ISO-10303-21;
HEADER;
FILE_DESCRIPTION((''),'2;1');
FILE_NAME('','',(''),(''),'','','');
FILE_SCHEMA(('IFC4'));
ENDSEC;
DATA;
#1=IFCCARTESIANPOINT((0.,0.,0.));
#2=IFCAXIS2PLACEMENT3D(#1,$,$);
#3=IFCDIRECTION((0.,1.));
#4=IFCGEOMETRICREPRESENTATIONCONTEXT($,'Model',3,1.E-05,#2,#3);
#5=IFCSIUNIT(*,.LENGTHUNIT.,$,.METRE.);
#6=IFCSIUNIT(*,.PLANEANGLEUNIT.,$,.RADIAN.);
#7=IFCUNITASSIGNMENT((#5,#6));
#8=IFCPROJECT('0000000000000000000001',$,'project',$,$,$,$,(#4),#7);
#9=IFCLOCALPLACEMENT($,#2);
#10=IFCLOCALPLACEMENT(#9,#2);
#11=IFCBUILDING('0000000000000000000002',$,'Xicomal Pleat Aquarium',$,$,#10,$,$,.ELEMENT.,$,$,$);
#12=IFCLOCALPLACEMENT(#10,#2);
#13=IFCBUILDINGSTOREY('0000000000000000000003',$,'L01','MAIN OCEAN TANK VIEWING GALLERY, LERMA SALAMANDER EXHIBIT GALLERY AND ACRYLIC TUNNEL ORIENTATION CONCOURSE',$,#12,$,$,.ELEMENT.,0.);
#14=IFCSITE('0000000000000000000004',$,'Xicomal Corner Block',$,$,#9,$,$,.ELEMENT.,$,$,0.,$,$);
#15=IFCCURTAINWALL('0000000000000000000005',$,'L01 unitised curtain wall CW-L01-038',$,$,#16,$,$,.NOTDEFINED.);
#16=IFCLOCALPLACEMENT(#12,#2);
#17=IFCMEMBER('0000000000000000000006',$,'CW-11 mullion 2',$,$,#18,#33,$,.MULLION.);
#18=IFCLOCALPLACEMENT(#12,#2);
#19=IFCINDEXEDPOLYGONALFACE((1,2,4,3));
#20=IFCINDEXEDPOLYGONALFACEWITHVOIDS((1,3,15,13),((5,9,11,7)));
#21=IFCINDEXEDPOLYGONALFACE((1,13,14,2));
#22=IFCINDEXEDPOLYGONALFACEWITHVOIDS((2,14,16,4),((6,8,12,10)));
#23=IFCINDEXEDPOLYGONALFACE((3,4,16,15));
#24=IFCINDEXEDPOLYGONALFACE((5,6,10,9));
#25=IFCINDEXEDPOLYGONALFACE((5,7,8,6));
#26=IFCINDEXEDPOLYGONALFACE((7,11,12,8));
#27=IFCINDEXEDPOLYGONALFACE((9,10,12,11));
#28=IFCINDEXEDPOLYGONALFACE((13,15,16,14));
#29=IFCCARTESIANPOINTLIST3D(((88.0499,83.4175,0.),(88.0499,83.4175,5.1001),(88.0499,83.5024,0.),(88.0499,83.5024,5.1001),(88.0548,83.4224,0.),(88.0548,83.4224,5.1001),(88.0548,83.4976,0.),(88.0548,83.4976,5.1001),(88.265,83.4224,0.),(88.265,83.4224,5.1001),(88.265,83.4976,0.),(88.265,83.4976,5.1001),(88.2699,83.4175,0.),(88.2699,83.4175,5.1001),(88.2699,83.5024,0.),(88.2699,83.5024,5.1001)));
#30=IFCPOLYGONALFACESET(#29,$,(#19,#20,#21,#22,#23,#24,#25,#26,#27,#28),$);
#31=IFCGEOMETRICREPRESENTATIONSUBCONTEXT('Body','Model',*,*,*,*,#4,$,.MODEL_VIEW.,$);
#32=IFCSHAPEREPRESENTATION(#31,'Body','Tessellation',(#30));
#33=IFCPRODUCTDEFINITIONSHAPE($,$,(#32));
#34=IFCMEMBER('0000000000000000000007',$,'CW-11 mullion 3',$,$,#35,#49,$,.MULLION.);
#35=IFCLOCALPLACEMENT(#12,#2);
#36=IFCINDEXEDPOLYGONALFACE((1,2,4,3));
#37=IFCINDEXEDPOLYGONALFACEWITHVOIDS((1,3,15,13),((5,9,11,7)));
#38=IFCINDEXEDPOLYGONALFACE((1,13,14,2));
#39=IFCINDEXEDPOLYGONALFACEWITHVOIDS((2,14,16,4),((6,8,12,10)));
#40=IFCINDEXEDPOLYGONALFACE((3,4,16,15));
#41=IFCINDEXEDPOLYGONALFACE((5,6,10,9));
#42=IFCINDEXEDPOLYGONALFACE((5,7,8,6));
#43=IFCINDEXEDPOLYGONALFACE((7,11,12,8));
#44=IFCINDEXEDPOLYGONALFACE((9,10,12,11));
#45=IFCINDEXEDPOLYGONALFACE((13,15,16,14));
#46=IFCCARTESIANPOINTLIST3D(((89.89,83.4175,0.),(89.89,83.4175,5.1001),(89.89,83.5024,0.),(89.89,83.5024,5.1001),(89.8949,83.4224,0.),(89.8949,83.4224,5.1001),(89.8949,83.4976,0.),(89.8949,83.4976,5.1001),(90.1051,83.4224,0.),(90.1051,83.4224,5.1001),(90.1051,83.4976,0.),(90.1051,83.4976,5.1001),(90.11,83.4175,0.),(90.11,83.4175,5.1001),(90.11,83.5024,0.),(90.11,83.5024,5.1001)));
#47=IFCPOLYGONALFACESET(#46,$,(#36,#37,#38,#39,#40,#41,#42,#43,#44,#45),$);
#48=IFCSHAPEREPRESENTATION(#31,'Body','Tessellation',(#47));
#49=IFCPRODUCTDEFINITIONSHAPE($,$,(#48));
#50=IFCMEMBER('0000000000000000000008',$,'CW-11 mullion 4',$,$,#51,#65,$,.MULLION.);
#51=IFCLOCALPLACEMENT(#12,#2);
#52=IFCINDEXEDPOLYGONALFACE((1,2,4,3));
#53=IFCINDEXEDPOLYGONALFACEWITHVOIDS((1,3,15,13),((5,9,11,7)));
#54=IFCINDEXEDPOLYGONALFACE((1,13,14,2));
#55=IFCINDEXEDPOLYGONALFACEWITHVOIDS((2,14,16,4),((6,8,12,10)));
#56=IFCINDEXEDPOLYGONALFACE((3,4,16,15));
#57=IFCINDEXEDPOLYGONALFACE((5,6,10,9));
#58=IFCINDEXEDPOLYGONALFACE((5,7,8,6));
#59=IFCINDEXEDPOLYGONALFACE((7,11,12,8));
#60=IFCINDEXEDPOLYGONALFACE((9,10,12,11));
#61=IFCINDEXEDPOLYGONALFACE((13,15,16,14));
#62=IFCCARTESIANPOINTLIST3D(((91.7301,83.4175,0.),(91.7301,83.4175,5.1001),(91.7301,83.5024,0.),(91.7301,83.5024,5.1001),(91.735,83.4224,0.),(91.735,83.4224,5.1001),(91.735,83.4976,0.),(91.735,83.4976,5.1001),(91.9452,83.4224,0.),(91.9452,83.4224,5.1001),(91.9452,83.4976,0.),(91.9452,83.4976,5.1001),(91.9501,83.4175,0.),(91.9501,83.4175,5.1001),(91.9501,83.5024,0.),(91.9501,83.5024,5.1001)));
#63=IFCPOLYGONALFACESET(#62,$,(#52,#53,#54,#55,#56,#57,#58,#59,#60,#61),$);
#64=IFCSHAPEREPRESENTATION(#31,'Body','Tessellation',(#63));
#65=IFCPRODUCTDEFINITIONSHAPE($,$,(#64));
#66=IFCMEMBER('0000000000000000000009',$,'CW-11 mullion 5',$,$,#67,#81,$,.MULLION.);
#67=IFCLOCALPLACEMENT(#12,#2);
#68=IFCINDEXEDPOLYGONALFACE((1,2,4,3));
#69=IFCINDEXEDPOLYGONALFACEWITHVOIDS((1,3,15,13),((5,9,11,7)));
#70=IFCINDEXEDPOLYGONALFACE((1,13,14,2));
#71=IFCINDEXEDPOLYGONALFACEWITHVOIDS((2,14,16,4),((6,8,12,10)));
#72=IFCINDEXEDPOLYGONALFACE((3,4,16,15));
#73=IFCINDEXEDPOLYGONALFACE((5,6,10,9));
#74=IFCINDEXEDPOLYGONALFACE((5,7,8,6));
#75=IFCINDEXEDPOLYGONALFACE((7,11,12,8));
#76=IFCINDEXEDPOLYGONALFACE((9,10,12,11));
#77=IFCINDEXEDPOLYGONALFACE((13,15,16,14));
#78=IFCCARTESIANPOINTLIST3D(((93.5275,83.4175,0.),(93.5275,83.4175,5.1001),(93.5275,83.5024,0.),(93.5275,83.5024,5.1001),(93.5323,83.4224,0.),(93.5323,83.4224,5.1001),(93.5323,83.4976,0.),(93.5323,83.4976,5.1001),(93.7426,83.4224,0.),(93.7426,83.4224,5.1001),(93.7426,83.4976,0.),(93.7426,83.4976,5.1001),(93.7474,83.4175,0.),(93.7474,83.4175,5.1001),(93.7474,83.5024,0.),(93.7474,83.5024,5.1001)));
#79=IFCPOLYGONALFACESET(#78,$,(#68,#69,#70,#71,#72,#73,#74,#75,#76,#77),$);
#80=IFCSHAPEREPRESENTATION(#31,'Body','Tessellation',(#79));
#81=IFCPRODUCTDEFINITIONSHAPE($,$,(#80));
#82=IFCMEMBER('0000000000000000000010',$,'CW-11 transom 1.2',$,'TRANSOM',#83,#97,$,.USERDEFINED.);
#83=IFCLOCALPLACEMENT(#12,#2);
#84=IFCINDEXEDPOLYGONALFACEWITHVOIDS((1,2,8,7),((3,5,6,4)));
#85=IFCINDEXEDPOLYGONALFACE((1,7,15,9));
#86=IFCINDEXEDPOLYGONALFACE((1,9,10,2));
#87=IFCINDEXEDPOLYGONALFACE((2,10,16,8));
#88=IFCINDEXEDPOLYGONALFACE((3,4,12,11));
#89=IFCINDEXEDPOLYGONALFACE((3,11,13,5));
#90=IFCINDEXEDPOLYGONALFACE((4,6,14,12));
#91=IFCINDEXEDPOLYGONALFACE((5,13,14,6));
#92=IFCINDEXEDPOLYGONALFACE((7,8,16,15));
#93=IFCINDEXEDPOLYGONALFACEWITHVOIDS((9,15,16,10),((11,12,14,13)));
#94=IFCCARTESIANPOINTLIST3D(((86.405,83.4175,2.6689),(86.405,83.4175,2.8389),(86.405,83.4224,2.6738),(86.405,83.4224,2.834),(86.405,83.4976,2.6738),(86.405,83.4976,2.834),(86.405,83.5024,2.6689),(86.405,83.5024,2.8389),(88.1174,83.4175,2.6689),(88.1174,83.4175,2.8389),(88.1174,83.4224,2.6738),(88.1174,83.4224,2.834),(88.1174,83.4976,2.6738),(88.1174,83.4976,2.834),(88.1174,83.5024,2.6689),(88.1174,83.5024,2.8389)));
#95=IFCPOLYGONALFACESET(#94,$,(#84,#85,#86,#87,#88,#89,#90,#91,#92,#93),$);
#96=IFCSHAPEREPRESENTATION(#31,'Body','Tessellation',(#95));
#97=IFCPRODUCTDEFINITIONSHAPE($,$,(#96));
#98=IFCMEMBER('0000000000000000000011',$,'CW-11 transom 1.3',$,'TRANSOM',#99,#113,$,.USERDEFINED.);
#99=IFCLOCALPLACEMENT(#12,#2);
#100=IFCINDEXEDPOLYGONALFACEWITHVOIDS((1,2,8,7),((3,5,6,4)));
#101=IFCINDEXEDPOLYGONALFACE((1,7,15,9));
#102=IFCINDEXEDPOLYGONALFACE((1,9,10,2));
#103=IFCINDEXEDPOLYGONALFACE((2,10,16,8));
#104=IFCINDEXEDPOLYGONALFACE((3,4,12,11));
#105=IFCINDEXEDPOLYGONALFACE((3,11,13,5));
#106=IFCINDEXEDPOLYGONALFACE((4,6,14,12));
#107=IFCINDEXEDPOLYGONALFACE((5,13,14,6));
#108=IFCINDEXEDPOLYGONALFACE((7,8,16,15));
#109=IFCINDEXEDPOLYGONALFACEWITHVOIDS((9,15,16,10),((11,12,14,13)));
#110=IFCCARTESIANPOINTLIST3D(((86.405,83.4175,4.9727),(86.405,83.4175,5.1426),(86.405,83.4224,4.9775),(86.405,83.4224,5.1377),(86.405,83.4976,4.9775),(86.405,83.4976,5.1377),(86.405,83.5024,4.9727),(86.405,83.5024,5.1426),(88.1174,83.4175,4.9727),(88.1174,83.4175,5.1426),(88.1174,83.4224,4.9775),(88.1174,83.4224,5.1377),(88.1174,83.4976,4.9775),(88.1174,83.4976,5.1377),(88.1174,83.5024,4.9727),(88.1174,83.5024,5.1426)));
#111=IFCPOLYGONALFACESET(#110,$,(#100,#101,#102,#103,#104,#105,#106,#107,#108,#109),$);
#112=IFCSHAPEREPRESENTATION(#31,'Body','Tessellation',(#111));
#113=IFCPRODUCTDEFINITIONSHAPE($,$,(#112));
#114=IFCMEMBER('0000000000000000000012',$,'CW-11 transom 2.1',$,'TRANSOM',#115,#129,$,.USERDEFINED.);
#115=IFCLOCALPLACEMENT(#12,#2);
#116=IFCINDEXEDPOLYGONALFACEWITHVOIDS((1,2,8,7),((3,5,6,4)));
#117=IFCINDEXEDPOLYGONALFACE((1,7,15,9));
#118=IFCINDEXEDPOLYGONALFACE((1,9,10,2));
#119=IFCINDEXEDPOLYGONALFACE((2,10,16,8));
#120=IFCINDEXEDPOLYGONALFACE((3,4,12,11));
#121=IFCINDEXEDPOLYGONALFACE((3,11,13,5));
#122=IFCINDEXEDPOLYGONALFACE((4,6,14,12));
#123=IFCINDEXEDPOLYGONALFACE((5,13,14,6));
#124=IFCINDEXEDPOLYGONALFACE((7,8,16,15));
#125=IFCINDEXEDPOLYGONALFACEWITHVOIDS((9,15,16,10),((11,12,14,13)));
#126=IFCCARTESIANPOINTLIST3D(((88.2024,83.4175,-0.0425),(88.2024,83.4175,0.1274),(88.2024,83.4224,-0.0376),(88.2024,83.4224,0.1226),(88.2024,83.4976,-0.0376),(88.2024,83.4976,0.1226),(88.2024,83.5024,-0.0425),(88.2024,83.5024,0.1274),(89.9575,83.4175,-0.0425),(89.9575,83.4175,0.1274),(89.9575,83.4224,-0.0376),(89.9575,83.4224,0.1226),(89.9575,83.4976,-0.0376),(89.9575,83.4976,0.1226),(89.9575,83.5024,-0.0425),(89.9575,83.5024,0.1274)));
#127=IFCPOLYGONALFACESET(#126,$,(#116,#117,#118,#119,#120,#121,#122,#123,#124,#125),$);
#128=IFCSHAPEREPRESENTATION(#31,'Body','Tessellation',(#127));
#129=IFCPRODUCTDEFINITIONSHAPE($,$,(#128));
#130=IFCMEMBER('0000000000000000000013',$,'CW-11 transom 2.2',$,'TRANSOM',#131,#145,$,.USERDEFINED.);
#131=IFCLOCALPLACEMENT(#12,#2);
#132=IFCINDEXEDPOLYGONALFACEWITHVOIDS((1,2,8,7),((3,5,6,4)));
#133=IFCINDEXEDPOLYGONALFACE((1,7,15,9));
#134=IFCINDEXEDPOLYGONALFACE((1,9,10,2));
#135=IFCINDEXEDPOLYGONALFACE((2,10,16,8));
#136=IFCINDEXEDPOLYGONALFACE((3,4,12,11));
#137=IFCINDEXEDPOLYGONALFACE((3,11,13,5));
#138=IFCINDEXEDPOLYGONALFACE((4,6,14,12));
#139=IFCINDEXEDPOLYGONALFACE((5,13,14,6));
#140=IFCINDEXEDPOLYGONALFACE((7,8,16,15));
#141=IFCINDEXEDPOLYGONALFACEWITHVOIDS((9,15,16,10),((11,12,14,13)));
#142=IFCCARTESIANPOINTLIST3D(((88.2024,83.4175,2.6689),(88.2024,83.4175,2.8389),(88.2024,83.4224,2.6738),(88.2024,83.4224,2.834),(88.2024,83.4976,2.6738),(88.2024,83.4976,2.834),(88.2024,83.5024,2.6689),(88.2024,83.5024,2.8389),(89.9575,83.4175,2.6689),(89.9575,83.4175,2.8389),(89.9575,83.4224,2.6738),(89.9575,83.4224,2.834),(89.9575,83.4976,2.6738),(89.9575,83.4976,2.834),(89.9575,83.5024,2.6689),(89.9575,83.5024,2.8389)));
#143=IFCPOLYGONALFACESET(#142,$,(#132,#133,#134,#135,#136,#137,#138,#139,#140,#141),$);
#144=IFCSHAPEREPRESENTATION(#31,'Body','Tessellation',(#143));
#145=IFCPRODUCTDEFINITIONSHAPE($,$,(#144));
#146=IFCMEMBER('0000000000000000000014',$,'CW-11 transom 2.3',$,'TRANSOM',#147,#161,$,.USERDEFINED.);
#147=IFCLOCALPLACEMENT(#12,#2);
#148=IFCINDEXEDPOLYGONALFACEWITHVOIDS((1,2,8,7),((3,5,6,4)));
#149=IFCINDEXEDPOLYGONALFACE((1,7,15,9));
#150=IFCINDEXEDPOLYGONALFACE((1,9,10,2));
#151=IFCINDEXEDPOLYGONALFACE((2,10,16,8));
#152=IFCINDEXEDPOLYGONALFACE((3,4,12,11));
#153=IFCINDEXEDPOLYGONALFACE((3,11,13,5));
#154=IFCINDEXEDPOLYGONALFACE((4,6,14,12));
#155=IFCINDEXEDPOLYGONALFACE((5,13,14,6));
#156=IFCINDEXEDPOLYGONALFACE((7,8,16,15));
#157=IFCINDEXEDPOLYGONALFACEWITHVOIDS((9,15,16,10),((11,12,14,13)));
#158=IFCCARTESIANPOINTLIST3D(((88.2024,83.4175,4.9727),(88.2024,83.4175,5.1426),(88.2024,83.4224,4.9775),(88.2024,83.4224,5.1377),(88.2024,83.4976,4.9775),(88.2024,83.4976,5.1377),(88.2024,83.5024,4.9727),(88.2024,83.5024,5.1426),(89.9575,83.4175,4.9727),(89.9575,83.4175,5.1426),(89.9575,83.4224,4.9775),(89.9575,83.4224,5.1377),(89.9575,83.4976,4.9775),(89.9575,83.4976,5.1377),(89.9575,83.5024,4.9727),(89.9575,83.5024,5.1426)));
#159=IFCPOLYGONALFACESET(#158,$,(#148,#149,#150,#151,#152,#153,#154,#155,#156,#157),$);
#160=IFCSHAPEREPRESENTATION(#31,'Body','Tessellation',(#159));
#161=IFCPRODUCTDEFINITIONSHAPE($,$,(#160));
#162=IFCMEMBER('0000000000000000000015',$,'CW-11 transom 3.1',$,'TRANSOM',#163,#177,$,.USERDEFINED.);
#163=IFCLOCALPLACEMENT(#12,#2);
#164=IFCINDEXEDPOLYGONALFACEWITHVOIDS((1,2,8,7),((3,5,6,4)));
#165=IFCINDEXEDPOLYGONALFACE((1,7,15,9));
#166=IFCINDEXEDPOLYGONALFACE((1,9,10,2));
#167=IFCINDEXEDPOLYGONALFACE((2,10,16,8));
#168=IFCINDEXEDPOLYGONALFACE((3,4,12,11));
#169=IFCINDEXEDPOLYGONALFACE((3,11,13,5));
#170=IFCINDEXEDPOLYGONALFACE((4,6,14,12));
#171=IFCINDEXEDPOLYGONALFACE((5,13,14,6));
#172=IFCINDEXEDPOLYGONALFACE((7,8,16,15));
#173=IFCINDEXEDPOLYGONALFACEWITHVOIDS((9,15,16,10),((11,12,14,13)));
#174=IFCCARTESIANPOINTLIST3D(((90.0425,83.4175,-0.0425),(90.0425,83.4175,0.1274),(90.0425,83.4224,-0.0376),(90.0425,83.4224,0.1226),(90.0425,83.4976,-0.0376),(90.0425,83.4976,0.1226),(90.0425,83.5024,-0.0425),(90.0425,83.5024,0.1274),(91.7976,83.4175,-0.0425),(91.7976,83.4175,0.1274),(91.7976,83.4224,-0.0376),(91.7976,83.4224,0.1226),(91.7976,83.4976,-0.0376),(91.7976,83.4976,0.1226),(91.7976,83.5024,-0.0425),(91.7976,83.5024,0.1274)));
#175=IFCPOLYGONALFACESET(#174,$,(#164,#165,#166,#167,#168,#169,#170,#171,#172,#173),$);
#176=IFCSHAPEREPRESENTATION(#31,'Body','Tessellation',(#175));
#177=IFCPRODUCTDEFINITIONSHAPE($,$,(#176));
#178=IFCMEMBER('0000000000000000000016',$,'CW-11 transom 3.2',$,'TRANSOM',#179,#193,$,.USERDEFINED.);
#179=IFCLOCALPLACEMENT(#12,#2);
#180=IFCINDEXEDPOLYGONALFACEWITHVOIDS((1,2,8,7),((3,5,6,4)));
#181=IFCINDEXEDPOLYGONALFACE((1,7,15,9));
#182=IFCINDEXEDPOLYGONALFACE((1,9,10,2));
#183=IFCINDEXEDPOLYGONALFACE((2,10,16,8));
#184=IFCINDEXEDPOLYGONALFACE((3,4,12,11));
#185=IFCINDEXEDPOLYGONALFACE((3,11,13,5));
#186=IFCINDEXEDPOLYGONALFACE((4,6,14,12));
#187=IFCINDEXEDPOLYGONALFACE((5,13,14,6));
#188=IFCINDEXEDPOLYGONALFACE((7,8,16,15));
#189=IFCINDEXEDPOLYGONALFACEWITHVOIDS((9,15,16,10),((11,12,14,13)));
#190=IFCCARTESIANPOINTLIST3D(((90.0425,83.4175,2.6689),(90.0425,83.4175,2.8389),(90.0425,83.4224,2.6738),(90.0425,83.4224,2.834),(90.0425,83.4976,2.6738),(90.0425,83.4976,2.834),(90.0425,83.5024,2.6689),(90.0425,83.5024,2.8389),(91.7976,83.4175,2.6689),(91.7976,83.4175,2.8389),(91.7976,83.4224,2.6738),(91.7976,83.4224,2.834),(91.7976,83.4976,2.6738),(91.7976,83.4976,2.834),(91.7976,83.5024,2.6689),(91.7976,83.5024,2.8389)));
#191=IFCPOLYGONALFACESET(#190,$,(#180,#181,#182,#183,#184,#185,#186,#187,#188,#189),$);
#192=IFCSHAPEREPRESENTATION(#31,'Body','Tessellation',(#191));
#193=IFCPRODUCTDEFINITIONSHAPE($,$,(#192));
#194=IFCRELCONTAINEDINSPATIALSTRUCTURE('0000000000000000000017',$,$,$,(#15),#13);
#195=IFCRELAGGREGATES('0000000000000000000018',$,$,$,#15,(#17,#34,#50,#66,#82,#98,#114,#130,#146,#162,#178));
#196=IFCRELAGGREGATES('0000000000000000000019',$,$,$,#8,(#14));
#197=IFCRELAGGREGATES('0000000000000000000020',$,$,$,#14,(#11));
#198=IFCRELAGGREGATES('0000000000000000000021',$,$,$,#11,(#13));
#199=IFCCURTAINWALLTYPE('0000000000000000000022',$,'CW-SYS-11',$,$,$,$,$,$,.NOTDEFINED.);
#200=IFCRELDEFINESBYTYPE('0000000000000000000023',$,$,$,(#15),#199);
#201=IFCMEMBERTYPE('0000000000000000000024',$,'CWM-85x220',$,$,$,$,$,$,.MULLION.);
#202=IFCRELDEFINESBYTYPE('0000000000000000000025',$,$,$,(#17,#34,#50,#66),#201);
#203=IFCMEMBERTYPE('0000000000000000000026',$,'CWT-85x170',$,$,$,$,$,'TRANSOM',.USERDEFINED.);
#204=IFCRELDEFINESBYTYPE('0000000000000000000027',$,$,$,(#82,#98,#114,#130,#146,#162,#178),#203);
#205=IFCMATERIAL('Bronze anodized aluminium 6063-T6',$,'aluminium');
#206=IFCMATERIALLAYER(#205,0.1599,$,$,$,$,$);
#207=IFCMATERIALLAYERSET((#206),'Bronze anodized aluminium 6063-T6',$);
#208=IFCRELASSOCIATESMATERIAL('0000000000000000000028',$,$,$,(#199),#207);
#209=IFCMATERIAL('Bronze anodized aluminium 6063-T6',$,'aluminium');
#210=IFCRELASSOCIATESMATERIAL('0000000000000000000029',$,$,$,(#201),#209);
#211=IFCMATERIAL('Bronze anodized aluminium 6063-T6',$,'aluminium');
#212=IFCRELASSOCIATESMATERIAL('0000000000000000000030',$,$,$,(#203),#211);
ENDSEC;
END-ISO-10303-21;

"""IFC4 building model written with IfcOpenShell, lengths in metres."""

from ifc_helpers import new_model, si_unit, direction, frame, origin, origin_2d, place, context, subcontext, project, spatial, hollow_rectangle, extrude, material, layer, layer_set, material_profile, profile_set, type_object, element, aggregate, save


model = new_model("IFC4")

# Units and contexts
model_context = context("Model", 3, precision=1e-05, world=origin(), true_north=direction((0.0, 1.0)))
body_context = subcontext(model_context, "Body", "Model", "MODEL_VIEW")
ifc_project = project(units=[si_unit("LENGTHUNIT", "METRE"), si_unit("PLANEANGLEUNIT", "RADIAN")], contexts=[model_context])

# Site, building, storey
site_placement = place(None, origin())
site = spatial("IfcSite", under=ifc_project, at=site_placement, Name="Xicomal Corner Block", CompositionType="ELEMENT", RefElevation=0.0)
building_placement = place(site_placement, origin())
building = spatial("IfcBuilding", under=site, at=building_placement, Name="Xicomal Pleat Aquarium", CompositionType="ELEMENT")
storey_placement = place(building_placement, origin())
storey = spatial("IfcBuildingStorey", under=building, at=storey_placement, Name="L01", Description="MAIN OCEAN TANK VIEWING GALLERY, LERMA SALAMANDER EXHIBIT GALLERY AND ACRYLIC TUNNEL ORIENTATION CONCOURSE", CompositionType="ELEMENT", Elevation=0.0)

# Curtain wall, members
ifc_material_1 = material(Name="Bronze anodized aluminium 6063-T6", Category="aluminium")
ifc_layer_1 = layer(ifc_material_1, 0.1599)
ifc_layer_set_1 = layer_set([ifc_layer_1], Name="Bronze anodized aluminium 6063-T6")
curtain_wall_type = type_object("IfcCurtainWallType", Name="CW-SYS-11", PredefinedType="NOTDEFINED", material=ifc_layer_set_1)
curtain_wall_placement = place(storey_placement, origin())
curtain_wall = element("IfcCurtainWall", 1, at=curtain_wall_placement, inside=storey, type_object=curtain_wall_type, Name="L01 unitised curtain wall CW-L01-038", PredefinedType="NOTDEFINED")
ifc_material_2 = material(Name="Bronze anodized aluminium 6063-T6", Category="aluminium")
ifc_material_profile_1 = material_profile(ifc_material_2, hollow_rectangle(XDim=0.085, YDim=0.22, WallThickness=0.0049, at=origin_2d()), Name="ALU MULL 85x220")
ifc_profile_set_1 = profile_set([ifc_material_profile_1], Name="Bronze anodized aluminium 6063-T6")
member_type_1 = type_object("IfcMemberType", Name="CWM-85x220", PredefinedType="MULLION", material=ifc_profile_set_1)
member_1_placement = place(storey_placement, frame((88.1599, 83.46, 0.0), z_axis=(0.0, 0.0, 1.0), x_axis=(0.0, 1.0, 0.0)))
member_1 = element("IfcMember", 2, at=member_1_placement, type_object=member_type_1, Name="CW-11 mullion 2", PredefinedType="MULLION", context=body_context, shape_type="SweptSolid", body=[
    extrude(hollow_rectangle(XDim=0.085, YDim=0.22, WallThickness=0.0049, at=origin_2d()), origin(), (0.0, 0.0, 1.0), 5.1001),
])
member_2_placement = place(storey_placement, frame((90.0, 83.46, 0.0), z_axis=(0.0, 0.0, 1.0), x_axis=(0.0, 1.0, 0.0)))
member_2 = element("IfcMember", 3, at=member_2_placement, type_object=member_type_1, Name="CW-11 mullion 3", PredefinedType="MULLION", context=body_context, shape_type="SweptSolid", body=[
    extrude(hollow_rectangle(XDim=0.085, YDim=0.22, WallThickness=0.0049, at=origin_2d()), origin(), (0.0, 0.0, 1.0), 5.1001),
])
member_3_placement = place(storey_placement, frame((91.8401, 83.46, 0.0), z_axis=(0.0, 0.0, 1.0), x_axis=(0.0, 1.0, 0.0)))
member_3 = element("IfcMember", 4, at=member_3_placement, type_object=member_type_1, Name="CW-11 mullion 4", PredefinedType="MULLION", context=body_context, shape_type="SweptSolid", body=[
    extrude(hollow_rectangle(XDim=0.085, YDim=0.22, WallThickness=0.0049, at=origin_2d()), origin(), (0.0, 0.0, 1.0), 5.1001),
])
member_4_placement = place(storey_placement, frame((93.6375, 83.46, 0.0), z_axis=(0.0, 0.0, 1.0), x_axis=(0.0, 1.0, 0.0)))
member_4 = element("IfcMember", 5, at=member_4_placement, type_object=member_type_1, Name="CW-11 mullion 5", PredefinedType="MULLION", context=body_context, shape_type="SweptSolid", body=[
    extrude(hollow_rectangle(XDim=0.085, YDim=0.22, WallThickness=0.0049, at=origin_2d()), origin(), (0.0, 0.0, 1.0), 5.1001),
])
ifc_material_3 = material(Name="Bronze anodized aluminium 6063-T6", Category="aluminium")
ifc_material_profile_2 = material_profile(ifc_material_3, hollow_rectangle(XDim=0.085, YDim=0.1699, WallThickness=0.0049, at=origin_2d()), Name="ALU TRAN 85x170")
ifc_profile_set_2 = profile_set([ifc_material_profile_2], Name="Bronze anodized aluminium 6063-T6")
member_type_2 = type_object("IfcMemberType", Name="CWT-85x170", ElementType="TRANSOM", PredefinedType="USERDEFINED", material=ifc_profile_set_2)
member_5_placement = place(storey_placement, frame((86.405, 83.46, 2.7539), z_axis=(1.0, 0.0, 0.0), x_axis=(0.0, 1.0, 0.0)))
member_5 = element("IfcMember", 6, at=member_5_placement, type_object=member_type_2, Name="CW-11 transom 1.2", ObjectType="TRANSOM", PredefinedType="USERDEFINED", context=body_context, shape_type="SweptSolid", body=[
    extrude(hollow_rectangle(XDim=0.085, YDim=0.1699, WallThickness=0.0049, at=origin_2d()), origin(), (0.0, 0.0, 1.0), 1.7124),
])
member_6_placement = place(storey_placement, frame((86.405, 83.46, 5.0576), z_axis=(1.0, 0.0, 0.0), x_axis=(0.0, 1.0, 0.0)))
member_6 = element("IfcMember", 7, at=member_6_placement, type_object=member_type_2, Name="CW-11 transom 1.3", ObjectType="TRANSOM", PredefinedType="USERDEFINED", context=body_context, shape_type="SweptSolid", body=[
    extrude(hollow_rectangle(XDim=0.085, YDim=0.1699, WallThickness=0.0049, at=origin_2d()), origin(), (0.0, 0.0, 1.0), 1.7124),
])
member_7_placement = place(storey_placement, frame((88.2024, 83.46, 0.0425), z_axis=(1.0, 0.0, 0.0), x_axis=(0.0, 1.0, 0.0)))
member_7 = element("IfcMember", 8, at=member_7_placement, type_object=member_type_2, Name="CW-11 transom 2.1", ObjectType="TRANSOM", PredefinedType="USERDEFINED", context=body_context, shape_type="SweptSolid", body=[
    extrude(hollow_rectangle(XDim=0.085, YDim=0.1699, WallThickness=0.0049, at=origin_2d()), origin(), (0.0, 0.0, 1.0), 1.7551),
])
member_8_placement = place(storey_placement, frame((88.2024, 83.46, 2.7539), z_axis=(1.0, 0.0, 0.0), x_axis=(0.0, 1.0, 0.0)))
member_8 = element("IfcMember", 9, at=member_8_placement, type_object=member_type_2, Name="CW-11 transom 2.2", ObjectType="TRANSOM", PredefinedType="USERDEFINED", context=body_context, shape_type="SweptSolid", body=[
    extrude(hollow_rectangle(XDim=0.085, YDim=0.1699, WallThickness=0.0049, at=origin_2d()), origin(), (0.0, 0.0, 1.0), 1.7551),
])
member_9_placement = place(storey_placement, frame((88.2024, 83.46, 5.0576), z_axis=(1.0, 0.0, 0.0), x_axis=(0.0, 1.0, 0.0)))
member_9 = element("IfcMember", 10, at=member_9_placement, type_object=member_type_2, Name="CW-11 transom 2.3", ObjectType="TRANSOM", PredefinedType="USERDEFINED", context=body_context, shape_type="SweptSolid", body=[
    extrude(hollow_rectangle(XDim=0.085, YDim=0.1699, WallThickness=0.0049, at=origin_2d()), origin(), (0.0, 0.0, 1.0), 1.7551),
])
member_10_placement = place(storey_placement, frame((90.0425, 83.46, 0.0425), z_axis=(1.0, 0.0, 0.0), x_axis=(0.0, 1.0, 0.0)))
member_10 = element("IfcMember", 11, at=member_10_placement, type_object=member_type_2, Name="CW-11 transom 3.1", ObjectType="TRANSOM", PredefinedType="USERDEFINED", context=body_context, shape_type="SweptSolid", body=[
    extrude(hollow_rectangle(XDim=0.085, YDim=0.1699, WallThickness=0.0049, at=origin_2d()), origin(), (0.0, 0.0, 1.0), 1.7551),
])
member_11_placement = place(storey_placement, frame((90.0425, 83.46, 2.7539), z_axis=(1.0, 0.0, 0.0), x_axis=(0.0, 1.0, 0.0)))
member_11 = element("IfcMember", 12, at=member_11_placement, type_object=member_type_2, Name="CW-11 transom 3.2", ObjectType="TRANSOM", PredefinedType="USERDEFINED", context=body_context, shape_type="SweptSolid", body=[
    extrude(hollow_rectangle(XDim=0.085, YDim=0.1699, WallThickness=0.0049, at=origin_2d()), origin(), (0.0, 0.0, 1.0), 1.7551),
])
aggregate(curtain_wall, [member_1, member_2, member_3, member_4, member_5, member_6, member_7, member_8, member_9, member_10, member_11])

save(model, "model.ifc")
